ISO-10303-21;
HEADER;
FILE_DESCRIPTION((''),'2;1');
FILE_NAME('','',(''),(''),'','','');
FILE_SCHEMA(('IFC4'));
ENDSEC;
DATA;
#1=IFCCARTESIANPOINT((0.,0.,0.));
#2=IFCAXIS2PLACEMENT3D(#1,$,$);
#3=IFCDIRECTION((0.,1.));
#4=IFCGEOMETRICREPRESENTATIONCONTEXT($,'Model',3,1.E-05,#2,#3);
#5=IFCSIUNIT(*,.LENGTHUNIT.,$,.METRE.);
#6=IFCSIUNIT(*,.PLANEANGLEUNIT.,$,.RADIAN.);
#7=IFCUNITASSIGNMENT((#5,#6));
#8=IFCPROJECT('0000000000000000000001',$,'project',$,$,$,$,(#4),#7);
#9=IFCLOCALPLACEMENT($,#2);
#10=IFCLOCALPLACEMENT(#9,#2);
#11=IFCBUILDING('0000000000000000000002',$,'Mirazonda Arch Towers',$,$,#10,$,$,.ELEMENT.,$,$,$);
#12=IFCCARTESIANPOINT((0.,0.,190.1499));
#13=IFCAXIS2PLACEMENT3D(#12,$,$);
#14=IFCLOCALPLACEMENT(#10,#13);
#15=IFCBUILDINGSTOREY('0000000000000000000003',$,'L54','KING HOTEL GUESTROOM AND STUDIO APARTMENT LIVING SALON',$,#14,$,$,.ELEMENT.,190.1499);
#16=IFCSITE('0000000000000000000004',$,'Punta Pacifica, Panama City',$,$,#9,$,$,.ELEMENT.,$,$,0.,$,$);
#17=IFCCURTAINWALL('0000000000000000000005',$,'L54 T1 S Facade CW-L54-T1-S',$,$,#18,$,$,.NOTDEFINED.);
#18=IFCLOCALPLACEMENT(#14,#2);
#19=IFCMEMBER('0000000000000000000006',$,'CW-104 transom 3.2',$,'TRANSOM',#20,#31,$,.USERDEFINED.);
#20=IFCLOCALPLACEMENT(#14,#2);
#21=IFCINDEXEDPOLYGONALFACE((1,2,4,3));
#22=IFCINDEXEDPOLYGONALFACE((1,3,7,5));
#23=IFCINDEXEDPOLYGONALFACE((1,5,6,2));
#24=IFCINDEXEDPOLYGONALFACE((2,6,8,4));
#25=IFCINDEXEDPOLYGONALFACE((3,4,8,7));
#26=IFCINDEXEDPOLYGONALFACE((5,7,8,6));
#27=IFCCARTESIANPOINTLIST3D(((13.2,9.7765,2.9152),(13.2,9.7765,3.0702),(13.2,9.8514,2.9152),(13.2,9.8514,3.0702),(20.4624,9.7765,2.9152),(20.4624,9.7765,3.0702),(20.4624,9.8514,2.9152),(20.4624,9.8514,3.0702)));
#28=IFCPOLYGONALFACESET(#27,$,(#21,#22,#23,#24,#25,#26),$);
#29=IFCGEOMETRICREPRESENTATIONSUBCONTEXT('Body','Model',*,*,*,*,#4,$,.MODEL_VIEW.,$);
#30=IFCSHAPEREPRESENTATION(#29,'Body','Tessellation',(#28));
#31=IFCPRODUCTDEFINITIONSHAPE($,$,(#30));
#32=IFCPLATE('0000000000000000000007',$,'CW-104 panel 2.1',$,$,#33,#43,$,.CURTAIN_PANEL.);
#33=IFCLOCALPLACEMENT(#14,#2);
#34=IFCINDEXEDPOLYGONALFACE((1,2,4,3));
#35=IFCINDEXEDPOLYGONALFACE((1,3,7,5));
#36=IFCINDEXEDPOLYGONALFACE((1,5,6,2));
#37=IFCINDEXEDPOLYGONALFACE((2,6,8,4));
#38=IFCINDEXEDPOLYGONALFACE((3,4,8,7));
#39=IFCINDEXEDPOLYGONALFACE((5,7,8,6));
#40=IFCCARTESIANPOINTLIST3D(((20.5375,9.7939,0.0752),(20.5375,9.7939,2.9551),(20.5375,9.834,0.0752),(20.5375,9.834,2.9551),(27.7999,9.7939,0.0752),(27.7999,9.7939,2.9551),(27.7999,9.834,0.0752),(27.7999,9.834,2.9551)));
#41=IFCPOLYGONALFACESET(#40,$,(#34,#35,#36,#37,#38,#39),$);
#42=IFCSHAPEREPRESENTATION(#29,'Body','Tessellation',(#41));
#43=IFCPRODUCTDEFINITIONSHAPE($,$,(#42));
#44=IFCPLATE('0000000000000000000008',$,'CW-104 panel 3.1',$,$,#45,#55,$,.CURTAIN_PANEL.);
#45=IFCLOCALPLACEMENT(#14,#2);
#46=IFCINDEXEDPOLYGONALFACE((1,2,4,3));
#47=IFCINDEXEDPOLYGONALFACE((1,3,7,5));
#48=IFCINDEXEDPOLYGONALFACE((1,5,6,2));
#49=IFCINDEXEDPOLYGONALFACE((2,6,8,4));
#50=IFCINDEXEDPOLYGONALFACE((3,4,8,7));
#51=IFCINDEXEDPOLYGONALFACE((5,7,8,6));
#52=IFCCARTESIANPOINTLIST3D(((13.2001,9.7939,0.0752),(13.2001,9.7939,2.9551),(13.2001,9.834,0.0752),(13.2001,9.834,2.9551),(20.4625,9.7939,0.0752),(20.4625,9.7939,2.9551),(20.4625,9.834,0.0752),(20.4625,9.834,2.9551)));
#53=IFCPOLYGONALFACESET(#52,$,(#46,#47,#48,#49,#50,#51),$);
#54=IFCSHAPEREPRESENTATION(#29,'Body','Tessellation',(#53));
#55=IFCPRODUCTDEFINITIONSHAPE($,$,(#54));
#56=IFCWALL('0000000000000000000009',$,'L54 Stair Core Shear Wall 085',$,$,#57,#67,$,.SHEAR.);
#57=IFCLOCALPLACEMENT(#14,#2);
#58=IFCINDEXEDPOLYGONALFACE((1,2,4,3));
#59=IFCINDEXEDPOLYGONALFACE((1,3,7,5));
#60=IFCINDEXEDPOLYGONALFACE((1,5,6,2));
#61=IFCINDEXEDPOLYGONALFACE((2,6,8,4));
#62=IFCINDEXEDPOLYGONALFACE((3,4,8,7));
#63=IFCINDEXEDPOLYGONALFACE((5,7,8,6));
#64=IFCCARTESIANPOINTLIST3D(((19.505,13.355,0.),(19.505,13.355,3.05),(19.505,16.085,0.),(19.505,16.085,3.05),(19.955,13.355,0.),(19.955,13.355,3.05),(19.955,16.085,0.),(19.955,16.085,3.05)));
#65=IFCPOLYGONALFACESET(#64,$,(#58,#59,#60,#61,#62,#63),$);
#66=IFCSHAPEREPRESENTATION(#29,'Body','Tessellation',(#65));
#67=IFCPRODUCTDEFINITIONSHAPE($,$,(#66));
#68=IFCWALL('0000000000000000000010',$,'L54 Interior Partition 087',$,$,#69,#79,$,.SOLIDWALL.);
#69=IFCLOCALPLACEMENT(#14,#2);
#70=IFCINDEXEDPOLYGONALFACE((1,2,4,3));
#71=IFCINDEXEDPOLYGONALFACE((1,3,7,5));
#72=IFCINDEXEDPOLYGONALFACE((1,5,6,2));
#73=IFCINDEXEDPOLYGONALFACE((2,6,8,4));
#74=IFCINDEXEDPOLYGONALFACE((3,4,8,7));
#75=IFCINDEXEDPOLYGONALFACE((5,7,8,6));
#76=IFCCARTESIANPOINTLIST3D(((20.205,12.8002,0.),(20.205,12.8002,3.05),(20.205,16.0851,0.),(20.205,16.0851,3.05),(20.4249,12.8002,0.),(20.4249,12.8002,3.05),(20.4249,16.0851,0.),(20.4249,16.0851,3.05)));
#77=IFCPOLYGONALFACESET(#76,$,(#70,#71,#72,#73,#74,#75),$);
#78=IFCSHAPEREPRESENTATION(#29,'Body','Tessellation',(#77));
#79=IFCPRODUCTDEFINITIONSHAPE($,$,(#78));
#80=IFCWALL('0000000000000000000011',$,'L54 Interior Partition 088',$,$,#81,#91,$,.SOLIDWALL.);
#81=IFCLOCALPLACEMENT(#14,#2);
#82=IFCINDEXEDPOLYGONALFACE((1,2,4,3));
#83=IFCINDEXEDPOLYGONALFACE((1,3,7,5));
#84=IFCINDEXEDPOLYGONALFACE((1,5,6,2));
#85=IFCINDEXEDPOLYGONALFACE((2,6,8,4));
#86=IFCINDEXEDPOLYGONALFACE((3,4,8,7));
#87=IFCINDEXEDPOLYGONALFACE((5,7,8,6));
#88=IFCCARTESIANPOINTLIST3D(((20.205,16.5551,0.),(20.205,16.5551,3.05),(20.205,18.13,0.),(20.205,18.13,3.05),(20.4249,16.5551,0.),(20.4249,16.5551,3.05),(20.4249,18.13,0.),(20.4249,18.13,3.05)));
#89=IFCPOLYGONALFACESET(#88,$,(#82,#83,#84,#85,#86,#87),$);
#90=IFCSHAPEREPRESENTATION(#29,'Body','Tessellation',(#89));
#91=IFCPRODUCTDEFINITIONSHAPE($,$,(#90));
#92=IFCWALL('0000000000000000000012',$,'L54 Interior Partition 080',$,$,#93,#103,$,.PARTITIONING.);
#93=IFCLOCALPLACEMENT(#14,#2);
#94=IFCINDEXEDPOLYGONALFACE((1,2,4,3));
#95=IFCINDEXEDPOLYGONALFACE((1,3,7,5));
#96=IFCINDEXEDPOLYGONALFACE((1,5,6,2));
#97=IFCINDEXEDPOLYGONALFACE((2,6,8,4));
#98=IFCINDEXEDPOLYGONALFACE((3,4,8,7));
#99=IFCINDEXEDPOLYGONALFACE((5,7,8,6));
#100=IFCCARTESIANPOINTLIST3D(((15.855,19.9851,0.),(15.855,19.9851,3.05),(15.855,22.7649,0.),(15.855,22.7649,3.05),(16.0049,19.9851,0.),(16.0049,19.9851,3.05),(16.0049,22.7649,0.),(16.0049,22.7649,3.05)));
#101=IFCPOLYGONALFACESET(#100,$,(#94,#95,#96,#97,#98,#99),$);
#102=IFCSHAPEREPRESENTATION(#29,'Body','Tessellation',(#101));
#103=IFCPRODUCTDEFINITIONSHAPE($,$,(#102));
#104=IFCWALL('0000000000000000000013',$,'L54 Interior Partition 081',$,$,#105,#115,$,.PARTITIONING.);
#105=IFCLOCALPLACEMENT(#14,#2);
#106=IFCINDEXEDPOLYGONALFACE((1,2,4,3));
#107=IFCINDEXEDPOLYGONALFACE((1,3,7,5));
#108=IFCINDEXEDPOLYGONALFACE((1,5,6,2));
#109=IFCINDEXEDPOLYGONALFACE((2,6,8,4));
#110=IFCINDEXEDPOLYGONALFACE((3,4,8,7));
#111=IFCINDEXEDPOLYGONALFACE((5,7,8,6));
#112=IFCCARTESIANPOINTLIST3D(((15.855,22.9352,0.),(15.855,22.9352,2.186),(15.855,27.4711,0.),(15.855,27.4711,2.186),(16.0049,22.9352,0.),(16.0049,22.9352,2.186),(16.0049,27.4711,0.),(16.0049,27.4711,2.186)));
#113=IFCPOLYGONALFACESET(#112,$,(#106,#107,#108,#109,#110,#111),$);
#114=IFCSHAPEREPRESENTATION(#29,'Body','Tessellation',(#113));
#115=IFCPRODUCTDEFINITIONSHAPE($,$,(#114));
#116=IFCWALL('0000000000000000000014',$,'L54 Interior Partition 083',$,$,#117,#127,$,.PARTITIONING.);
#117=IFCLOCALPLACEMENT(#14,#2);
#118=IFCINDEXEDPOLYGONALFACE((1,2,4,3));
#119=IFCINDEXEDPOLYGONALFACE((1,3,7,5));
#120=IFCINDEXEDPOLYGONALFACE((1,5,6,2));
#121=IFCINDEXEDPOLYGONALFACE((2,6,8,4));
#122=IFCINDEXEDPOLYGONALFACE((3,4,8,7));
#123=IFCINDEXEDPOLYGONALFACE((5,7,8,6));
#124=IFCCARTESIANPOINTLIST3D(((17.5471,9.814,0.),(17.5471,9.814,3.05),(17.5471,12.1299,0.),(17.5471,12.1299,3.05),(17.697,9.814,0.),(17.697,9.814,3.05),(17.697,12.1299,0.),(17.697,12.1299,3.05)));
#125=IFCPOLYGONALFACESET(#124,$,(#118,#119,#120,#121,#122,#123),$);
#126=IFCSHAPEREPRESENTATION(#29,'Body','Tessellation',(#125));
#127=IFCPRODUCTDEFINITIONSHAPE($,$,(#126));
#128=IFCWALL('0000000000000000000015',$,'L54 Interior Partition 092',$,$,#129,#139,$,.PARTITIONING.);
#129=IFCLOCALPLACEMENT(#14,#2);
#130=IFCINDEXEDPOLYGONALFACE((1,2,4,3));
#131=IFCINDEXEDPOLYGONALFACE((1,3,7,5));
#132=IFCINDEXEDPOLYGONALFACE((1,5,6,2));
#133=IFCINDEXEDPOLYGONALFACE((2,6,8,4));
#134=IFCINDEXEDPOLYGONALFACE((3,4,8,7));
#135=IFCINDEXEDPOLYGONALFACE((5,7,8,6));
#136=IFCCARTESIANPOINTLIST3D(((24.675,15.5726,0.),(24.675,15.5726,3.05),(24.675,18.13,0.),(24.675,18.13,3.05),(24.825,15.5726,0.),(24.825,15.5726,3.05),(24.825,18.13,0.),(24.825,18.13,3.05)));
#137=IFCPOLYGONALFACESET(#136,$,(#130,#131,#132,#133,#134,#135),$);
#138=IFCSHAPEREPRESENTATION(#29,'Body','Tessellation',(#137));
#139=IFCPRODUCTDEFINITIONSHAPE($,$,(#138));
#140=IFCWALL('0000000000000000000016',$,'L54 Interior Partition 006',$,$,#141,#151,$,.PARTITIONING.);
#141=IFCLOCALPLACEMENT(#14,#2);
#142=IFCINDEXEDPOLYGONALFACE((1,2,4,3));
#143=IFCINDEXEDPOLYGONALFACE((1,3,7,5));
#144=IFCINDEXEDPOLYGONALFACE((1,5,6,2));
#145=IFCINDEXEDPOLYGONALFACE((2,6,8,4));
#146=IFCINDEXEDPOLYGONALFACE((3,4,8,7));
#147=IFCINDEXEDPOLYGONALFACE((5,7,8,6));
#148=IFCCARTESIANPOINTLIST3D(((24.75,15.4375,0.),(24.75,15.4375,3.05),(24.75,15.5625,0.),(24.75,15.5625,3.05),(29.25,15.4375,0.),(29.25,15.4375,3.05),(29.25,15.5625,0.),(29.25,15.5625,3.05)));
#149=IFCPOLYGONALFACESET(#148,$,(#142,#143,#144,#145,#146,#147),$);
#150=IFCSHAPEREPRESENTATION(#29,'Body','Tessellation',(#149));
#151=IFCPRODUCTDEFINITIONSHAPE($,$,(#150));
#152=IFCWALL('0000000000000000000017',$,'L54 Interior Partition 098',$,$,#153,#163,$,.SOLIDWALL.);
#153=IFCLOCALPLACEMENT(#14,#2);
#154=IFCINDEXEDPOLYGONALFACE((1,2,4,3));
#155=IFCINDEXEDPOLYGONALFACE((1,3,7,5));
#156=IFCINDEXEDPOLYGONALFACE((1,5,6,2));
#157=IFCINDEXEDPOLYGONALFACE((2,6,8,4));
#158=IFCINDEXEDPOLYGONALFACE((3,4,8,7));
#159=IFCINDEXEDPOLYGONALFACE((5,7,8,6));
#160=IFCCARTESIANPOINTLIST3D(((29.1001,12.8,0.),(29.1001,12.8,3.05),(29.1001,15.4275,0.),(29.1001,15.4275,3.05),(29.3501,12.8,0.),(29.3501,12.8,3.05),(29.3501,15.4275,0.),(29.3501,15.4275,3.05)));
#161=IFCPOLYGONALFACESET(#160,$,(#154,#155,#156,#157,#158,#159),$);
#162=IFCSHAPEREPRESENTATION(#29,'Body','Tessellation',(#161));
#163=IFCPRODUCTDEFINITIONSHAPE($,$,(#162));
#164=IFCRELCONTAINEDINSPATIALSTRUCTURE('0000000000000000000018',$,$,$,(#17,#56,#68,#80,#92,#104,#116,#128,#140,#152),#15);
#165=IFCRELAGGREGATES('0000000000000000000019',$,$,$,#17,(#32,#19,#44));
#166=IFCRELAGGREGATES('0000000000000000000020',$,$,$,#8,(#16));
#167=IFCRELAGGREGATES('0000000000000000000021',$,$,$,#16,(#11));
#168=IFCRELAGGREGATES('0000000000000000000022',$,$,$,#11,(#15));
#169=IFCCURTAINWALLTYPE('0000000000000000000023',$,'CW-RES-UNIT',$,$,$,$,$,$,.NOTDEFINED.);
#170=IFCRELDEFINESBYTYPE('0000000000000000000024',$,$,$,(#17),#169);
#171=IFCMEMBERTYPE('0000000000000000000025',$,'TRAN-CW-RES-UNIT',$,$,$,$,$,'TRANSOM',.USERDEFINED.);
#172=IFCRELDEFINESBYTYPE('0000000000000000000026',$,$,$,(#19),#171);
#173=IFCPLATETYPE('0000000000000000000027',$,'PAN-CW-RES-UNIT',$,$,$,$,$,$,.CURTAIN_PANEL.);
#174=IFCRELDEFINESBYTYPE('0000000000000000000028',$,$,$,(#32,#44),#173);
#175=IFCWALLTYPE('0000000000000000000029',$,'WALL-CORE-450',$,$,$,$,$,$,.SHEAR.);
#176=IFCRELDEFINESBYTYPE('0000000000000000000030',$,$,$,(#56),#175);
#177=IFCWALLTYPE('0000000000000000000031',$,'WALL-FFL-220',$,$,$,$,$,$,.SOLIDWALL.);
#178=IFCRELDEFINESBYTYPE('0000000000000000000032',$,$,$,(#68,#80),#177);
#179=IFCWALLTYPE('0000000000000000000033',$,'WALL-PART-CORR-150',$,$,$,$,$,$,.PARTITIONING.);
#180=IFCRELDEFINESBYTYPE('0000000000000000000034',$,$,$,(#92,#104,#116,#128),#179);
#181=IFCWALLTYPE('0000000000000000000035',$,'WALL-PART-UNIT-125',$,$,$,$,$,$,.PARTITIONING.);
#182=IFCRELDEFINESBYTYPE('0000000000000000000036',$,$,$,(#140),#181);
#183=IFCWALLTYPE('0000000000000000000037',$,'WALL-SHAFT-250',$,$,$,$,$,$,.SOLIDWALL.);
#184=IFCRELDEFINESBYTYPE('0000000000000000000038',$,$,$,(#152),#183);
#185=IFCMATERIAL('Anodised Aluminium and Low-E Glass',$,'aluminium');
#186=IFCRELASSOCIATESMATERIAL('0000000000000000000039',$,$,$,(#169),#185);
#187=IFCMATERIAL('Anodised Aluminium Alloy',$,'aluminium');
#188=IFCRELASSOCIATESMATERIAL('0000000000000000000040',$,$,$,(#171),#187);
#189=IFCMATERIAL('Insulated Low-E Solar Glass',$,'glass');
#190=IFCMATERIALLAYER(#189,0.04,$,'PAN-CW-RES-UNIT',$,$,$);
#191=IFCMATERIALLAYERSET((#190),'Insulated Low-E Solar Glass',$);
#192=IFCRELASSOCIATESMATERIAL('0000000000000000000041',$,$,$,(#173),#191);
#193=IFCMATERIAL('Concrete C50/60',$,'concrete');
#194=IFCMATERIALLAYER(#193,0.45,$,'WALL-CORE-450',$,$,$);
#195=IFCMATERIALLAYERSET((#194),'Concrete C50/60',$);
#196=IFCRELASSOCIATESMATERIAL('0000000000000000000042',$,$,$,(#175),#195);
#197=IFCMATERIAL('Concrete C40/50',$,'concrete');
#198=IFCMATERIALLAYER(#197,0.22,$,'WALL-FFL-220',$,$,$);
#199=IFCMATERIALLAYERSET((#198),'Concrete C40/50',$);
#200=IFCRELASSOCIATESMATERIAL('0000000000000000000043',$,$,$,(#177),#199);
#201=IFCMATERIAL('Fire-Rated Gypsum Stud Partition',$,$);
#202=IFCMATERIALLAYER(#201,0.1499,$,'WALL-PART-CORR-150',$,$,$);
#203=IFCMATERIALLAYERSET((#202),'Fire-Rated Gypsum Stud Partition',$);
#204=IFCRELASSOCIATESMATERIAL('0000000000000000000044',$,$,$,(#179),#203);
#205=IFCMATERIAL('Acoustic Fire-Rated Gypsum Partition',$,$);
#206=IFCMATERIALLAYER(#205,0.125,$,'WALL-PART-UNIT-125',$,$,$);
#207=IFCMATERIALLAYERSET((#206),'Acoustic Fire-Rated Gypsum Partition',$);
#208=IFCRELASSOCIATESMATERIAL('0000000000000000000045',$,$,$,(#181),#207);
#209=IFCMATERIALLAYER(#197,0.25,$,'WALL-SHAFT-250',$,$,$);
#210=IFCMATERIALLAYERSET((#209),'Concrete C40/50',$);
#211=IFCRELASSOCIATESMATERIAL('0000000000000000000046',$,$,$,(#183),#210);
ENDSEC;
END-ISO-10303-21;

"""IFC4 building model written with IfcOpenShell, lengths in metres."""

from ifc_helpers import new_model, si_unit, direction, frame, frame_2d, origin, origin_2d, place, context, subcontext, project, spatial, rectangle, extrude, material, layer, layer_set, material_profile, profile_set, type_object, element, aggregate, save


model = new_model("IFC4")

# Units and contexts
model_context = context("Model", 3, precision=1e-05, world=origin(), true_north=direction((0.0, 1.0)))
body_context = subcontext(model_context, "Body", "Model", "MODEL_VIEW")
ifc_project = project(units=[si_unit("LENGTHUNIT", "METRE"), si_unit("PLANEANGLEUNIT", "RADIAN")], contexts=[model_context])

# Site, building, storey
site_placement = place(None, origin())
site = spatial("IfcSite", under=ifc_project, at=site_placement, Name="Punta Pacifica, Panama City", CompositionType="ELEMENT", RefElevation=0.0)
building_placement = place(site_placement, origin())
building = spatial("IfcBuilding", under=site, at=building_placement, Name="Mirazonda Arch Towers", CompositionType="ELEMENT")
storey_placement = place(building_placement, frame((0.0, 0.0, 190.1499)))
storey = spatial("IfcBuildingStorey", under=building, at=storey_placement, Name="L54", Description="KING HOTEL GUESTROOM AND STUDIO APARTMENT LIVING SALON", CompositionType="ELEMENT", Elevation=190.1499)

# Shared definitions
ifc_material_1 = material(Name="Concrete C50/60", Category="concrete")

# Curtain wall, member, plates
ifc_material_2 = material(Name="Anodised Aluminium and Low-E Glass", Category="aluminium")
curtain_wall_type = type_object("IfcCurtainWallType", Name="CW-RES-UNIT", PredefinedType="NOTDEFINED", material=ifc_material_2)
curtain_wall_placement = place(storey_placement, origin())
curtain_wall = element("IfcCurtainWall", 1, at=curtain_wall_placement, inside=storey, type_object=curtain_wall_type, Name="L54 T1 S Facade CW-L54-T1-S", PredefinedType="NOTDEFINED")
ifc_material_3 = material(Name="Anodised Aluminium Alloy", Category="aluminium")
ifc_material_profile_1 = material_profile(ifc_material_3, rectangle(XDim=0.075, YDim=0.155, at=origin_2d()), Name="ALU-TRAN-75x155")
ifc_profile_set_1 = profile_set([ifc_material_profile_1], Name="Anodised Aluminium Alloy")
member_type_1 = type_object("IfcMemberType", Name="TRAN-CW-RES-UNIT", ElementType="TRANSOM", PredefinedType="USERDEFINED", material=ifc_profile_set_1)
member_1_placement = place(storey_placement, frame((20.4624, 9.814, 2.9927), z_axis=(-1.0, 0.0, 0.0), x_axis=(0.0, -1.0, 0.0)))
member_1 = element("IfcMember", 2, at=member_1_placement, type_object=member_type_1, Name="CW-104 transom 3.2", ObjectType="TRANSOM", PredefinedType="USERDEFINED", context=body_context, shape_type="SweptSolid", body=[
    extrude(rectangle(XDim=0.075, YDim=0.155, at=origin_2d()), origin(), (0.0, 0.0, 1.0), 7.2625),
])
ifc_material_4 = material(Name="Insulated Low-E Solar Glass", Category="glass")
ifc_layer_1 = layer(ifc_material_4, 0.04, Name="PAN-CW-RES-UNIT")
ifc_layer_set_1 = layer_set([ifc_layer_1], Name="Insulated Low-E Solar Glass")
plate_type = type_object("IfcPlateType", Name="PAN-CW-RES-UNIT", PredefinedType="CURTAIN_PANEL", material=ifc_layer_set_1)
plate_1_placement = place(storey_placement, frame((24.1687, 9.814, 0.0752), z_axis=(0.0, 0.0, 1.0), x_axis=(-1.0, 0.0, 0.0)))
plate_1 = element("IfcPlate", 3, at=plate_1_placement, type_object=plate_type, Name="CW-104 panel 2.1", PredefinedType="CURTAIN_PANEL", context=body_context, shape_type="SweptSolid", body=[
    extrude(rectangle(XDim=7.2625, YDim=0.04, at=origin_2d()), origin(), (0.0, 0.0, 1.0), 2.8799),
])
plate_2_placement = place(storey_placement, frame((16.8313, 9.814, 0.0752), z_axis=(0.0, 0.0, 1.0), x_axis=(-1.0, 0.0, 0.0)))
plate_2 = element("IfcPlate", 4, at=plate_2_placement, type_object=plate_type, Name="CW-104 panel 3.1", PredefinedType="CURTAIN_PANEL", context=body_context, shape_type="SweptSolid", body=[
    extrude(rectangle(XDim=7.2625, YDim=0.04, at=origin_2d()), origin(), (0.0, 0.0, 1.0), 2.8799),
])
aggregate(curtain_wall, [plate_1, member_1, plate_2])

# Walls
ifc_layer_2 = layer(ifc_material_1, 0.45, Name="WALL-CORE-450")
ifc_layer_set_2 = layer_set([ifc_layer_2], Name="Concrete C50/60")
wall_type_1 = type_object("IfcWallType", Name="WALL-CORE-450", PredefinedType="SHEAR", material=ifc_layer_set_2)
wall_1_placement = place(storey_placement, frame((19.73, 13.355, 0.0), z_axis=(0.0, 0.0, 1.0), x_axis=(0.0, 1.0, 0.0)))
element("IfcWall", 5, at=wall_1_placement, inside=storey, type_object=wall_type_1, Name="L54 Stair Core Shear Wall 085", PredefinedType="SHEAR", context=body_context, shape_type="SweptSolid", body=[
    extrude(rectangle(XDim=2.73, YDim=0.45, at=frame_2d((1.365, 0.0))), origin(), (0.0, 0.0, 1.0), 3.05),
])
ifc_material_5 = material(Name="Concrete C40/50", Category="concrete")
ifc_layer_3 = layer(ifc_material_5, 0.22, Name="WALL-FFL-220")
ifc_layer_set_3 = layer_set([ifc_layer_3], Name="Concrete C40/50")
wall_type_2 = type_object("IfcWallType", Name="WALL-FFL-220", PredefinedType="SOLIDWALL", material=ifc_layer_set_3)
wall_2_placement = place(storey_placement, frame((20.3149, 12.8, 0.0), z_axis=(0.0, 0.0, 1.0), x_axis=(0.0, 1.0, 0.0)))
element("IfcWall", 6, at=wall_2_placement, inside=storey, type_object=wall_type_2, Name="L54 Interior Partition 087", PredefinedType="SOLIDWALL", context=body_context, shape_type="SweptSolid", body=[
    extrude(rectangle(XDim=3.2849, YDim=0.22, at=frame_2d((1.6426, 0.0))), origin(), (0.0, 0.0, 1.0), 3.05),
])
wall_3_placement = place(storey_placement, frame((20.3149, 16.5549, 0.0), z_axis=(0.0, 0.0, 1.0), x_axis=(0.0, 1.0, 0.0)))
element("IfcWall", 7, at=wall_3_placement, inside=storey, type_object=wall_type_2, Name="L54 Interior Partition 088", PredefinedType="SOLIDWALL", context=body_context, shape_type="SweptSolid", body=[
    extrude(rectangle(XDim=1.575, YDim=0.22, at=frame_2d((0.7876, 0.0))), origin(), (0.0, 0.0, 1.0), 3.05),
])
ifc_material_6 = material(Name="Fire-Rated Gypsum Stud Partition")
ifc_layer_4 = layer(ifc_material_6, 0.1499, Name="WALL-PART-CORR-150")
ifc_layer_set_4 = layer_set([ifc_layer_4], Name="Fire-Rated Gypsum Stud Partition")
wall_type_3 = type_object("IfcWallType", Name="WALL-PART-CORR-150", PredefinedType="PARTITIONING", material=ifc_layer_set_4)
wall_4_placement = place(storey_placement, frame((15.9299, 19.9851, 0.0), z_axis=(0.0, 0.0, 1.0), x_axis=(0.0, 1.0, 0.0)))
element("IfcWall", 8, at=wall_4_placement, inside=storey, type_object=wall_type_3, Name="L54 Interior Partition 080", PredefinedType="PARTITIONING", context=body_context, shape_type="SweptSolid", body=[
    extrude(rectangle(XDim=2.7798, YDim=0.1499, at=frame_2d((1.3899, 0.0))), origin(), (0.0, 0.0, 1.0), 3.05),
])
wall_5_placement = place(storey_placement, frame((15.9299, 22.9351, 0.0), z_axis=(0.0, 0.0, 1.0), x_axis=(0.0, 1.0, 0.0)))
element("IfcWall", 9, at=wall_5_placement, inside=storey, type_object=wall_type_3, Name="L54 Interior Partition 081", PredefinedType="PARTITIONING", context=body_context, shape_type="SweptSolid", body=[
    extrude(rectangle(XDim=4.5359, YDim=0.1499, at=frame_2d((2.2681, 0.0))), origin(), (0.0, 0.0, 1.0), 2.186),
])
wall_6_placement = place(storey_placement, frame((17.6221, 9.814, 0.0), z_axis=(0.0, 0.0, 1.0), x_axis=(0.0, 1.0, 0.0)))
element("IfcWall", 10, at=wall_6_placement, inside=storey, type_object=wall_type_3, Name="L54 Interior Partition 083", PredefinedType="PARTITIONING", context=body_context, shape_type="SweptSolid", body=[
    extrude(rectangle(XDim=2.3159, YDim=0.1499, at=frame_2d((1.158, 0.0))), origin(), (0.0, 0.0, 1.0), 3.05),
])

# Walls
wall_7_placement = place(storey_placement, frame((24.75, 15.5725, 0.0), z_axis=(0.0, 0.0, 1.0), x_axis=(0.0, 1.0, 0.0)))
element("IfcWall", 11, at=wall_7_placement, inside=storey, type_object=wall_type_3, Name="L54 Interior Partition 092", PredefinedType="PARTITIONING", context=body_context, shape_type="SweptSolid", body=[
    extrude(rectangle(XDim=2.5574, YDim=0.1499, at=frame_2d((1.2788, 0.0))), origin(), (0.0, 0.0, 1.0), 3.05),
])
ifc_material_7 = material(Name="Acoustic Fire-Rated Gypsum Partition")
ifc_layer_5 = layer(ifc_material_7, 0.125, Name="WALL-PART-UNIT-125")
ifc_layer_set_5 = layer_set([ifc_layer_5], Name="Acoustic Fire-Rated Gypsum Partition")
wall_type_4 = type_object("IfcWallType", Name="WALL-PART-UNIT-125", PredefinedType="PARTITIONING", material=ifc_layer_set_5)
wall_8_placement = place(storey_placement, frame((24.75, 15.5, 0.0), z_axis=(0.0, 0.0, 1.0), x_axis=(1.0, 0.0, 0.0)))
element("IfcWall", 12, at=wall_8_placement, inside=storey, type_object=wall_type_4, Name="L54 Interior Partition 006", PredefinedType="PARTITIONING", context=body_context, shape_type="SweptSolid", body=[
    extrude(rectangle(XDim=4.5, YDim=0.125, at=frame_2d((2.25, 0.0))), origin(), (0.0, 0.0, 1.0), 3.05),
])
ifc_layer_6 = layer(ifc_material_5, 0.25, Name="WALL-SHAFT-250")
ifc_layer_set_6 = layer_set([ifc_layer_6], Name="Concrete C40/50")
wall_type_5 = type_object("IfcWallType", Name="WALL-SHAFT-250", PredefinedType="SOLIDWALL", material=ifc_layer_set_6)
wall_9_placement = place(storey_placement, frame((29.2251, 12.8, 0.0), z_axis=(0.0, 0.0, 1.0), x_axis=(0.0, 1.0, 0.0)))
element("IfcWall", 13, at=wall_9_placement, inside=storey, type_object=wall_type_5, Name="L54 Interior Partition 098", PredefinedType="SOLIDWALL", context=body_context, shape_type="SweptSolid", body=[
    extrude(rectangle(XDim=2.6274, YDim=0.25, at=frame_2d((1.3137, 0.0))), origin(), (0.0, 0.0, 1.0), 3.05),
])

save(model, "model.ifc")
